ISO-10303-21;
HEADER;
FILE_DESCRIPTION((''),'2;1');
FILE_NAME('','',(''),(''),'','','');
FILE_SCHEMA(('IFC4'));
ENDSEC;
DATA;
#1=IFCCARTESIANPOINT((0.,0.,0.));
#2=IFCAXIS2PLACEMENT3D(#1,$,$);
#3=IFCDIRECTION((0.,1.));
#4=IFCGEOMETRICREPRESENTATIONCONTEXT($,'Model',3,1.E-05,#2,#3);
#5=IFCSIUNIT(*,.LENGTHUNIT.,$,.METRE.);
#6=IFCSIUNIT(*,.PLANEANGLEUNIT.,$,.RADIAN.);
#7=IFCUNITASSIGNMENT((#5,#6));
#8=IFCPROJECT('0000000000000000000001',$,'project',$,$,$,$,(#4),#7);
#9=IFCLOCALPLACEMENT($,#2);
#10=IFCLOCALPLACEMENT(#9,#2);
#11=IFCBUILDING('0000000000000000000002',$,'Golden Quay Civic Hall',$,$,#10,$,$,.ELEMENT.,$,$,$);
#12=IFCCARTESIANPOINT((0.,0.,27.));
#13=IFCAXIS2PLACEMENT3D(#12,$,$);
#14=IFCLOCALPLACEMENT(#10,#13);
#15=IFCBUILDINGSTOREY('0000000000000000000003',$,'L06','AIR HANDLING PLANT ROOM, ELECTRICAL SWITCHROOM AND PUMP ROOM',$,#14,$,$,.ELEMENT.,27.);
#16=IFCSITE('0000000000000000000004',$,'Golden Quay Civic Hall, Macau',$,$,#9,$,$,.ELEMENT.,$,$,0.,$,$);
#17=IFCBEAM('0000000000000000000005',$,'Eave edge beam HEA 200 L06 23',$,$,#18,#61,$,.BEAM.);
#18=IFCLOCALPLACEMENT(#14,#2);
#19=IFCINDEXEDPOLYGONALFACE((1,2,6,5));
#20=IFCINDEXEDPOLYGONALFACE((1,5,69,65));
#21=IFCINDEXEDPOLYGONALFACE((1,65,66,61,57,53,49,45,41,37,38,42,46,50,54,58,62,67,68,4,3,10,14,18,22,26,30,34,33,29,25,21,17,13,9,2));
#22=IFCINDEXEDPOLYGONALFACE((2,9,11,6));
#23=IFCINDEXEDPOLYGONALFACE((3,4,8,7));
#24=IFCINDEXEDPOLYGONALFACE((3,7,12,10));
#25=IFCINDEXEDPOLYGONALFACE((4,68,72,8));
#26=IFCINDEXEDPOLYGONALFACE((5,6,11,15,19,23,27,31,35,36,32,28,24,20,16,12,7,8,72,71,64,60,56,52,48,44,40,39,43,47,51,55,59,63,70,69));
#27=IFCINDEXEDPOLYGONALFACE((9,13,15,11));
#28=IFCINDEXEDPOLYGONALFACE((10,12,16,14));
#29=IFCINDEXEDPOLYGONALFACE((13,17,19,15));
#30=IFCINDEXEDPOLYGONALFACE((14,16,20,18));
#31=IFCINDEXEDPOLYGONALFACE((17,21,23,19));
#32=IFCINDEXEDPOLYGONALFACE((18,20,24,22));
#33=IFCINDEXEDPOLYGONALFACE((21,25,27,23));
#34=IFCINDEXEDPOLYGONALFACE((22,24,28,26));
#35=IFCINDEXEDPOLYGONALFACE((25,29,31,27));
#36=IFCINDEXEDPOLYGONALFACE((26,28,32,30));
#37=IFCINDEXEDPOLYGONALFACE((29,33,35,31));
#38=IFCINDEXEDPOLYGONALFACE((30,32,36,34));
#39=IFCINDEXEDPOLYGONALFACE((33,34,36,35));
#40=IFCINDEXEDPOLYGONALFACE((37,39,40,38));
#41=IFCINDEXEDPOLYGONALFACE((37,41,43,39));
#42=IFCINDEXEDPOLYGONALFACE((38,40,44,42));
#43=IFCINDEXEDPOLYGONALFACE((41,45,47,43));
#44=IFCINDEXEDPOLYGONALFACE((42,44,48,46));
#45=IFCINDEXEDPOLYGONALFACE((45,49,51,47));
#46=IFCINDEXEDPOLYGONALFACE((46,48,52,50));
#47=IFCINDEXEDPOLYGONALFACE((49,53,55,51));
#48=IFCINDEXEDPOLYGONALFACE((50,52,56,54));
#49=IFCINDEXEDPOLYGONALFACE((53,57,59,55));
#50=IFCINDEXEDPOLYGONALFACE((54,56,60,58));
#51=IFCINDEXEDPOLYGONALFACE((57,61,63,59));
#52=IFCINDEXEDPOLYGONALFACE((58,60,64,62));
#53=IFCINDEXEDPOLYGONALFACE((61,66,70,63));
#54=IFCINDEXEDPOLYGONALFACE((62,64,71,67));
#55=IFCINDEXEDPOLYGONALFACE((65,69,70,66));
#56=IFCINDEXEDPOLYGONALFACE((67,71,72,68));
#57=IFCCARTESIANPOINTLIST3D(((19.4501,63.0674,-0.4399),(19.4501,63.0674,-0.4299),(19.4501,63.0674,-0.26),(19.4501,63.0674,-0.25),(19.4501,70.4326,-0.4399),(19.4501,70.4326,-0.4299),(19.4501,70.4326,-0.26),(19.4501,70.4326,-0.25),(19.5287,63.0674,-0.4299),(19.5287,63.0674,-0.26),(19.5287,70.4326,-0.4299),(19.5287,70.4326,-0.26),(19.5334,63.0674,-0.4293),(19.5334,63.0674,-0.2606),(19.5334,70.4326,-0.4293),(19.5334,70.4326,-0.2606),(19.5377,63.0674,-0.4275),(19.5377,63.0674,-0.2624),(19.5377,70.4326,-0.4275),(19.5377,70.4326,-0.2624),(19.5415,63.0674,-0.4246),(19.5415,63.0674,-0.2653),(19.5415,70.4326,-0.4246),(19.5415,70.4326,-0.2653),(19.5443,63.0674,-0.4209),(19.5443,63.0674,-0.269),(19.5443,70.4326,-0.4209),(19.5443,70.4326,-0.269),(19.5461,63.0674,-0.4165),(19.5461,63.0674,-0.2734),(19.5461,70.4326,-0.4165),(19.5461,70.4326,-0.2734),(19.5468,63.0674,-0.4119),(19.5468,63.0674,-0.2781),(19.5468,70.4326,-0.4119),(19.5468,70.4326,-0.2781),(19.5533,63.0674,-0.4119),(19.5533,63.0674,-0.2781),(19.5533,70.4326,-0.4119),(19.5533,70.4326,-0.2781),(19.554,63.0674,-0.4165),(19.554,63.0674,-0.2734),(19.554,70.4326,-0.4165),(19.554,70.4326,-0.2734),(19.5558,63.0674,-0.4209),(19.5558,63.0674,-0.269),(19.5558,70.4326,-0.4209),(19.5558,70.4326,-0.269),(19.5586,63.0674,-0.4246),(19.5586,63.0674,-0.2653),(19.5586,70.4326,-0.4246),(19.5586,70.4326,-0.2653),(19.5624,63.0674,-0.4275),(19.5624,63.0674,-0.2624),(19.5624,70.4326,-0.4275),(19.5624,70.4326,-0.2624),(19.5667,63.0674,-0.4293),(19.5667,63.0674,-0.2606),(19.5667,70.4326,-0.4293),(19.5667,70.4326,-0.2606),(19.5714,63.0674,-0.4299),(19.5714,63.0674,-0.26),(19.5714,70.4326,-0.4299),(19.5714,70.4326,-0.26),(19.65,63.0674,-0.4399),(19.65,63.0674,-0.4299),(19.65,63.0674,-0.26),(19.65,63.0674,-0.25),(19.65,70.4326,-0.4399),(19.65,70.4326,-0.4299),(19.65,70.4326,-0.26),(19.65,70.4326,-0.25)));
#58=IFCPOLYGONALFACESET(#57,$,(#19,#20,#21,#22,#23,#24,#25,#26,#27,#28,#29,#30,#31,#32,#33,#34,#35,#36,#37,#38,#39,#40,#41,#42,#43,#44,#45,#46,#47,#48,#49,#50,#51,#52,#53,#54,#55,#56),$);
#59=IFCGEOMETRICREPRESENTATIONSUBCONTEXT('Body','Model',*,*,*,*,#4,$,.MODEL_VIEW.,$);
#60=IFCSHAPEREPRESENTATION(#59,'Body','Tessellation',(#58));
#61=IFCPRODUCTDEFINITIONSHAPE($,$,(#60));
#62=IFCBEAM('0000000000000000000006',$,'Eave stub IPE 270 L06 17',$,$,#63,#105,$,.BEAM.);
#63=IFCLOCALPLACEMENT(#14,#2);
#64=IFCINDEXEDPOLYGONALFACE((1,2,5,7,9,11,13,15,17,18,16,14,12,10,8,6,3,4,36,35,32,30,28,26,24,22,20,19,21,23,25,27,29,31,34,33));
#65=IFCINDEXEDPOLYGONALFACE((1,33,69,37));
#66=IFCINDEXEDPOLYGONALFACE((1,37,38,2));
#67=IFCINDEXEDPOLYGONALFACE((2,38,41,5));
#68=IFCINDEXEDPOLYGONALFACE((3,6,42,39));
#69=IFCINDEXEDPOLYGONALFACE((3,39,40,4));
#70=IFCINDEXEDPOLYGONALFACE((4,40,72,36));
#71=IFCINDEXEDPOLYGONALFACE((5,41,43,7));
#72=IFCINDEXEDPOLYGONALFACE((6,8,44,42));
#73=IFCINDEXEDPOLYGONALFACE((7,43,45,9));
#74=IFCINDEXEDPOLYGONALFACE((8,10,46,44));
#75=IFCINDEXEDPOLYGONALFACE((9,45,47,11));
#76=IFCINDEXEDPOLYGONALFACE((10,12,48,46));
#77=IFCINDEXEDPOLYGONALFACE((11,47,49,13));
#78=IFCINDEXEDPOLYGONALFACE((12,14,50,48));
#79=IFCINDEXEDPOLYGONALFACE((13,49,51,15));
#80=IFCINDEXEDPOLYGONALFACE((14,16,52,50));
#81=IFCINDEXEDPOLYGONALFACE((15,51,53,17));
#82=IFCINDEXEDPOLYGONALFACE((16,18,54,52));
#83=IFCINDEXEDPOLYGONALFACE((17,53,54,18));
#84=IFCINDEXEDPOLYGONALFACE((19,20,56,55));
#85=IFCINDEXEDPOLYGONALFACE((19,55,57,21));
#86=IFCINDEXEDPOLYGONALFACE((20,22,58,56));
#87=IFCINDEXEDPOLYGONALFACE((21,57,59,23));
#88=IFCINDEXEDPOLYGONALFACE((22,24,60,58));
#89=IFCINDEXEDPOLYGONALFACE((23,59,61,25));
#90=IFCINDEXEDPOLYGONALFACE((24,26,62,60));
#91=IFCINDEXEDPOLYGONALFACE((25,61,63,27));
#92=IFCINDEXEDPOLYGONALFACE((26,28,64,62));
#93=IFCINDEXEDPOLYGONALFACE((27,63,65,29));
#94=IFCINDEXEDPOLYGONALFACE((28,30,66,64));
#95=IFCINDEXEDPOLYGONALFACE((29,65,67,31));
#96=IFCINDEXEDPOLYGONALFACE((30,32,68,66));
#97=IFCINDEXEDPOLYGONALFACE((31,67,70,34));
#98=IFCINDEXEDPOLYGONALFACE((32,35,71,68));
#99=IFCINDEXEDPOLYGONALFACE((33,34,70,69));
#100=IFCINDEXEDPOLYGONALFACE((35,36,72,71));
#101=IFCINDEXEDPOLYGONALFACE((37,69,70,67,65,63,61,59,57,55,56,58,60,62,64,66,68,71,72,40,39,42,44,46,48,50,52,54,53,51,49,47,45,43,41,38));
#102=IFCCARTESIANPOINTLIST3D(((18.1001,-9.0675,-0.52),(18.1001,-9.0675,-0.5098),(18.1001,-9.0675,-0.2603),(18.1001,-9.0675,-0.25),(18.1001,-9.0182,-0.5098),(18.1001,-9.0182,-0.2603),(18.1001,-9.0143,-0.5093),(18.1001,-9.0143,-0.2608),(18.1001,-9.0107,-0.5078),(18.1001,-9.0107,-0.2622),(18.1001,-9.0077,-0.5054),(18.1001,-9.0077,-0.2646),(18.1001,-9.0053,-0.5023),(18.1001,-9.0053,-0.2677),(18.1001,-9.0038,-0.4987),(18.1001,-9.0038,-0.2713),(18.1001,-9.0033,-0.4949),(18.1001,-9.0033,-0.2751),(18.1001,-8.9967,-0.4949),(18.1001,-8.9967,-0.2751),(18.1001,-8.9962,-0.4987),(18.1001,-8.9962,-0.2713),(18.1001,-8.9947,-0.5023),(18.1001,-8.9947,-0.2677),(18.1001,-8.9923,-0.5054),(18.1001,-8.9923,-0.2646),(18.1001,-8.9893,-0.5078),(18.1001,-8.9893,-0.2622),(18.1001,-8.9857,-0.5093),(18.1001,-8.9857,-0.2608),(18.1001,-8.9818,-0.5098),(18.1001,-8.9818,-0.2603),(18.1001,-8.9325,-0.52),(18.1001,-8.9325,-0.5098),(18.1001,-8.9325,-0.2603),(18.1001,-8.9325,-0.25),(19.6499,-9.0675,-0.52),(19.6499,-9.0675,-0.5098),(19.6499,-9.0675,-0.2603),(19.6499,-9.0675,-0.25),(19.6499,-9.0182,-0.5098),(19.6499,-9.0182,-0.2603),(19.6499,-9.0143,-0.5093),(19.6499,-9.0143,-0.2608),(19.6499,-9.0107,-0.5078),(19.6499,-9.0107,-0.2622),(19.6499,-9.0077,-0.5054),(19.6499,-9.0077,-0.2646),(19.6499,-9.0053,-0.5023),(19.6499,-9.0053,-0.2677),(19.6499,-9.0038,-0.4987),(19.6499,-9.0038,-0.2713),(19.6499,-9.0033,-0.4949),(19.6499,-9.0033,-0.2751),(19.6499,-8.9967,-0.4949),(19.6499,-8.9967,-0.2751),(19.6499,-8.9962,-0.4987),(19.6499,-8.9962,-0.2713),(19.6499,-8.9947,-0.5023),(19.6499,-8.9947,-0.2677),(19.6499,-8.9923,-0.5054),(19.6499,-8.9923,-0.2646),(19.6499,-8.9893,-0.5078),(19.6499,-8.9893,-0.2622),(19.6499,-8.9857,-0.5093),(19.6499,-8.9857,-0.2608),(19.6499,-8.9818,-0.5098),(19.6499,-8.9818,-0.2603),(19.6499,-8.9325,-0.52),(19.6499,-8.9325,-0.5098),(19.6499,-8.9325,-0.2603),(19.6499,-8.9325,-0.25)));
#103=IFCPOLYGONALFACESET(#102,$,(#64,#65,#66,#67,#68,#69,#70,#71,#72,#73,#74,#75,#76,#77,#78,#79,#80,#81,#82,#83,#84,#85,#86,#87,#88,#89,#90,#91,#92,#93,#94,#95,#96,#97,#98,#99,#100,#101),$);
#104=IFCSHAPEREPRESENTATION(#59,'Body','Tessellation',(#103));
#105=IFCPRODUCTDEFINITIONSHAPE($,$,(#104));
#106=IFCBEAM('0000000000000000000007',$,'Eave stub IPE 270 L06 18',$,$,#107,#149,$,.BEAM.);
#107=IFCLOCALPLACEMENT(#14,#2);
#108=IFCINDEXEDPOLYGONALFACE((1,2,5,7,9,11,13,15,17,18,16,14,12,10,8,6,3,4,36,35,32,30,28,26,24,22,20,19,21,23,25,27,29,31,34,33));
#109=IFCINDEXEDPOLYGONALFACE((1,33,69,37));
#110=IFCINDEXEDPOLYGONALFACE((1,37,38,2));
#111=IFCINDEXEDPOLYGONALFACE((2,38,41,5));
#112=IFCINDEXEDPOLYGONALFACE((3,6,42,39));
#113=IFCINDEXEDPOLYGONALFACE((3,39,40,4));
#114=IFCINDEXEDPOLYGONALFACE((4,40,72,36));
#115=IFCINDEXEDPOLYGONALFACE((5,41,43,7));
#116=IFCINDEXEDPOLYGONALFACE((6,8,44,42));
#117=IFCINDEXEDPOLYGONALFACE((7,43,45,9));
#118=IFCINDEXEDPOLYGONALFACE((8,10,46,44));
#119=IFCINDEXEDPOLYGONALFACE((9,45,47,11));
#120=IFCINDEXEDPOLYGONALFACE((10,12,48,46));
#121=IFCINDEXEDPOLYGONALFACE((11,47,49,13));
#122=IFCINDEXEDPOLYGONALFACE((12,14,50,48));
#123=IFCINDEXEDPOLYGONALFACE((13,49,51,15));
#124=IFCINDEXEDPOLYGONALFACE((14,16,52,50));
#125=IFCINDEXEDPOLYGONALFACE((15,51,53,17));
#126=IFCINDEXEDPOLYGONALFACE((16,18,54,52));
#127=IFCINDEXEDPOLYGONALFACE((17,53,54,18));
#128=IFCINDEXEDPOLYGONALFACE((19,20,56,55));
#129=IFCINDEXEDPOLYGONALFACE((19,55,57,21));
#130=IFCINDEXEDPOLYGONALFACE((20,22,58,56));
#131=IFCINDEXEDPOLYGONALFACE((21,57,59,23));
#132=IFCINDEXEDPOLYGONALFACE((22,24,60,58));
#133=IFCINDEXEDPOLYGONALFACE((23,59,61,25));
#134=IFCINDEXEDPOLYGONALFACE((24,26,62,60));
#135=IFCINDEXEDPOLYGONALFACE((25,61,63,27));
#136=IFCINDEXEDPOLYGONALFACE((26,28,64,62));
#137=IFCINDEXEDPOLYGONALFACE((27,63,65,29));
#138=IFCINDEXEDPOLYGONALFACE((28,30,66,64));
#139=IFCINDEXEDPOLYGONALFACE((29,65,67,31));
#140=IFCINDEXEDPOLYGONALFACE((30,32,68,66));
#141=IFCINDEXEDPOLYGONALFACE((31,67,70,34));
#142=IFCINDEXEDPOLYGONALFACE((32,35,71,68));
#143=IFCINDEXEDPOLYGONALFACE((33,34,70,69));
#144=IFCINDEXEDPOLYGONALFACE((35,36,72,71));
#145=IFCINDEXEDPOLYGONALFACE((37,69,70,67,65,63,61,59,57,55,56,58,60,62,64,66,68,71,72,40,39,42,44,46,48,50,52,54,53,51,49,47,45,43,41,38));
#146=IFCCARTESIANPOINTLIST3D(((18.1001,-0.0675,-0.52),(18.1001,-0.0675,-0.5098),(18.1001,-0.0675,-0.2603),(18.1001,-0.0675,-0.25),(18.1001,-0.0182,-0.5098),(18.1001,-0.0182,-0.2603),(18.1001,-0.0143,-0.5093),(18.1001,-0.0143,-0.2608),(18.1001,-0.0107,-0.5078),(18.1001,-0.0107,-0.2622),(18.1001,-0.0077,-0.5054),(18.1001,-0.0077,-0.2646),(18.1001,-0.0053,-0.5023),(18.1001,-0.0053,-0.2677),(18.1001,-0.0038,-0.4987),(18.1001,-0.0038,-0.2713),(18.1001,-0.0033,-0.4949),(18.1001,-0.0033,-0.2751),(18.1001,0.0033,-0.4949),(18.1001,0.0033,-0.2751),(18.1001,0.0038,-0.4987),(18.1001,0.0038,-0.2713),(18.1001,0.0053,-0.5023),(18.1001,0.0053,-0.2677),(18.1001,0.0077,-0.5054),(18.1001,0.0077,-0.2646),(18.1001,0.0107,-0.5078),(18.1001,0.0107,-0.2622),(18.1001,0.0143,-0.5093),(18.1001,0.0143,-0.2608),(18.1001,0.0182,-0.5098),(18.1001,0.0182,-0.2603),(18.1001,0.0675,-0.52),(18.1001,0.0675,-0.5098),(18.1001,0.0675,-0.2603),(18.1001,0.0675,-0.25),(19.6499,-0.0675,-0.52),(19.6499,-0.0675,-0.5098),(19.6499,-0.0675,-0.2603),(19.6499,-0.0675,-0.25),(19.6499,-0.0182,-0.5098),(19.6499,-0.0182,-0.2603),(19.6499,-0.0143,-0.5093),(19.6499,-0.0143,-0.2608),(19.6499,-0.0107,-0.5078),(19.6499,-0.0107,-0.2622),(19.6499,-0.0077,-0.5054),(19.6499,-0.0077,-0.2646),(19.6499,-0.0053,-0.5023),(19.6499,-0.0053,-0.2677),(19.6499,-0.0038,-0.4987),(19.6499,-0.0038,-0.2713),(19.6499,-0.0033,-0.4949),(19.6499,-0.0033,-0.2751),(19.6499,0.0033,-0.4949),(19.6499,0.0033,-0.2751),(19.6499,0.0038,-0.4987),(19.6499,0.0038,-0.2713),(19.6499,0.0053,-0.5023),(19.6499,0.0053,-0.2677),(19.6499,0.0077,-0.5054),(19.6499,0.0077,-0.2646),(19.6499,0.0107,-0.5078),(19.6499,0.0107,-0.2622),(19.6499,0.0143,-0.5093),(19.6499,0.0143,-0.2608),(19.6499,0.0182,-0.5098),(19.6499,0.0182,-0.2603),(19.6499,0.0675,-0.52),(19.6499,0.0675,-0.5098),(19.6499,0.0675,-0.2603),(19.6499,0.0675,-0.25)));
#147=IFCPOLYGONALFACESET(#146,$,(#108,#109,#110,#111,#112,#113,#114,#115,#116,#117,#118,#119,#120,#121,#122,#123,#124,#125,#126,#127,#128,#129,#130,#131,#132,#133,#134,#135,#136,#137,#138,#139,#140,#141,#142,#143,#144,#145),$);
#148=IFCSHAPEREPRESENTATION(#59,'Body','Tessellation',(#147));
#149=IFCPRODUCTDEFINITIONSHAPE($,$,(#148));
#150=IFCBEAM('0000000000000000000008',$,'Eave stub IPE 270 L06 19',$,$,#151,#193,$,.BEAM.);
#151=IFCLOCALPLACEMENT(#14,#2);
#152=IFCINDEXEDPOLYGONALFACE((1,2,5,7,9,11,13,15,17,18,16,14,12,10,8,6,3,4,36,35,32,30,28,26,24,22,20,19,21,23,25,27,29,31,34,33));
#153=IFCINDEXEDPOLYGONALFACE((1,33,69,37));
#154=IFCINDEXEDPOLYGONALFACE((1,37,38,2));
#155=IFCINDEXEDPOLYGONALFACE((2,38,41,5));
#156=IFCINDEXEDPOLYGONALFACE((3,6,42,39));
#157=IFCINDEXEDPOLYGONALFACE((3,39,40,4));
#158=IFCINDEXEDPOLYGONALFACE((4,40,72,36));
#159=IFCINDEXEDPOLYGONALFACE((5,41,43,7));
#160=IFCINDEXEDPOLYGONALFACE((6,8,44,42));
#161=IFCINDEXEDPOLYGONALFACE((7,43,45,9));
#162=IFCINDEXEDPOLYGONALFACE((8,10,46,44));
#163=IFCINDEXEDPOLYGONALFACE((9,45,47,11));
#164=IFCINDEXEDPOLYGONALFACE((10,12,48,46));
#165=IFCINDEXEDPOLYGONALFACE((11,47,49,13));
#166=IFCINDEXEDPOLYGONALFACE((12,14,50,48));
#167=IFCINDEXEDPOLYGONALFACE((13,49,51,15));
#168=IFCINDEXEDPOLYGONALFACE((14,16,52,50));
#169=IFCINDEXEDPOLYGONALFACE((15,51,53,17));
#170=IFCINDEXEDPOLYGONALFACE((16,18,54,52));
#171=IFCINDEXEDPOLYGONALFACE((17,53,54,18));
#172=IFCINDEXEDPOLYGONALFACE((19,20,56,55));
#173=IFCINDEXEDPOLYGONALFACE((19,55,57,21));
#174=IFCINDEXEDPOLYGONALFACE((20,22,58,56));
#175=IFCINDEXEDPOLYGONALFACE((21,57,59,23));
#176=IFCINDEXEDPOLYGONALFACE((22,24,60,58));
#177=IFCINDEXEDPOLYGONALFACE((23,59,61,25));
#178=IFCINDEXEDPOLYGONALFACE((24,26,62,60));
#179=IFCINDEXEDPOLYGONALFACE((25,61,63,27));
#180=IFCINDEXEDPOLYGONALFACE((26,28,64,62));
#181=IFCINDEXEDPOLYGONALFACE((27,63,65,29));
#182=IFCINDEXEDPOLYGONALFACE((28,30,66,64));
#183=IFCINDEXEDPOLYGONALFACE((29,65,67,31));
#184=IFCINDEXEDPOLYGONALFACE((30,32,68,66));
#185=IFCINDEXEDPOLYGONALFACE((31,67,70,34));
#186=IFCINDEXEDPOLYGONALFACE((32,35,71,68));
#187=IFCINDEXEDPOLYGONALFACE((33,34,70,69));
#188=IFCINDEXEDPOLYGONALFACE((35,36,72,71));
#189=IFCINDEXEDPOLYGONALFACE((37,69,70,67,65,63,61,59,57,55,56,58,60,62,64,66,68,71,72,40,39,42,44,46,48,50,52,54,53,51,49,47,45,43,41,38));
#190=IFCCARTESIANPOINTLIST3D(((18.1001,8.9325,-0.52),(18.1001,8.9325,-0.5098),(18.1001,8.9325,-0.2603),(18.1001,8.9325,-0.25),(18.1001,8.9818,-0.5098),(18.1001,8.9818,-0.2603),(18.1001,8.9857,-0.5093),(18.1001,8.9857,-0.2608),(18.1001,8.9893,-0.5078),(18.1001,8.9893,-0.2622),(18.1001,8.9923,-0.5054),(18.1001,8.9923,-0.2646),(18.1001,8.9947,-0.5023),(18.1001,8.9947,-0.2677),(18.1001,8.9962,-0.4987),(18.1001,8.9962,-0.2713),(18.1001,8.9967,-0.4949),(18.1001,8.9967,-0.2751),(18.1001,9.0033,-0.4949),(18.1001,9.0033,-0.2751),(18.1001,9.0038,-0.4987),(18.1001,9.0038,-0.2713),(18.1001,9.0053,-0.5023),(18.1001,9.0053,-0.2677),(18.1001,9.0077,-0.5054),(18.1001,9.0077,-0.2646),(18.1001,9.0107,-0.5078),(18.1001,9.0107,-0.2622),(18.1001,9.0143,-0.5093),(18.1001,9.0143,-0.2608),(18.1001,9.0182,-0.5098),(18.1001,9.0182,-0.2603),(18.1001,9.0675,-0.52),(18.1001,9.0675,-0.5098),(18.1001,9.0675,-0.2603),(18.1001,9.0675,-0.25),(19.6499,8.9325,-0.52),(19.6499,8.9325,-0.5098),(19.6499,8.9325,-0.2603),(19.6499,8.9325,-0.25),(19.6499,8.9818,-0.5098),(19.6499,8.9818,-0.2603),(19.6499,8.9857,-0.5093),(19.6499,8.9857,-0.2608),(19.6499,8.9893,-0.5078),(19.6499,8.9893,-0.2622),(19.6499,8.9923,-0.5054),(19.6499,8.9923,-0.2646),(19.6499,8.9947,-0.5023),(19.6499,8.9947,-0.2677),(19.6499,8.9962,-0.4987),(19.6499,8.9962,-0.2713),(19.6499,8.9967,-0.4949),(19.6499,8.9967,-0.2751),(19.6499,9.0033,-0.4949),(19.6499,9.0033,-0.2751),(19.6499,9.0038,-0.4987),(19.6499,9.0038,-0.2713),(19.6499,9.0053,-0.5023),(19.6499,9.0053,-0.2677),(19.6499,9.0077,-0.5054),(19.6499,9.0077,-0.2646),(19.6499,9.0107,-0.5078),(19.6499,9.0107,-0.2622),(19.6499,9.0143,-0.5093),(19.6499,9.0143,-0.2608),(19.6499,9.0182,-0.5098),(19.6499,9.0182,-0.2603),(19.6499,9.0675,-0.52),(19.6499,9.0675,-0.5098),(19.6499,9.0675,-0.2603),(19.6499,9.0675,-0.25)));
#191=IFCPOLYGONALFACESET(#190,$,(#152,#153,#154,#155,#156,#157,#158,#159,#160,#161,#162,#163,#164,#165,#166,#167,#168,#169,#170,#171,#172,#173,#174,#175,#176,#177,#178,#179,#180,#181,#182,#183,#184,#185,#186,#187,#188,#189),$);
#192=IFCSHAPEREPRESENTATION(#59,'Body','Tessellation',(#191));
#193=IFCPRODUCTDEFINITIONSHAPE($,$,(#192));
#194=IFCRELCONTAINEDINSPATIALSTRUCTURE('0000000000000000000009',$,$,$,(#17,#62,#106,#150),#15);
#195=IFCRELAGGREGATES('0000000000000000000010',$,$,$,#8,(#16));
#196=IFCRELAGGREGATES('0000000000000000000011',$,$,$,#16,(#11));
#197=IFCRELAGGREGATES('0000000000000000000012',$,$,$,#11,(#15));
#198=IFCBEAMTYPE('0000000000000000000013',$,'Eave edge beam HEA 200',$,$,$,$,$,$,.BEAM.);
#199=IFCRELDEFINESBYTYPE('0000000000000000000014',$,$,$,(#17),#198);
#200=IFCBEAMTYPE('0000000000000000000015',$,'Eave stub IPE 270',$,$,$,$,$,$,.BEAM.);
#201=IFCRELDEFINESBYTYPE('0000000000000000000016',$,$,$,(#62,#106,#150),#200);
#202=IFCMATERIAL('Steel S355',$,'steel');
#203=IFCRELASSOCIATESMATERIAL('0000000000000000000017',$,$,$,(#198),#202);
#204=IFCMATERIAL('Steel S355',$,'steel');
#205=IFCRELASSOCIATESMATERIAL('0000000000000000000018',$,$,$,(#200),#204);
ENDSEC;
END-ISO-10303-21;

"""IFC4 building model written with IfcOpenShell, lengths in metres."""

from ifc_helpers import new_model, si_unit, direction, frame, origin, origin_2d, place, context, subcontext, project, spatial, i_section, extrude, material, material_profile, profile_set, type_object, element, save


model = new_model("IFC4")

# Units and contexts
model_context = context("Model", 3, precision=1e-05, world=origin(), true_north=direction((0.0, 1.0)))
body_context = subcontext(model_context, "Body", "Model", "MODEL_VIEW")
ifc_project = project(units=[si_unit("LENGTHUNIT", "METRE"), si_unit("PLANEANGLEUNIT", "RADIAN")], contexts=[model_context])

# Site, building, storey
site_placement = place(None, origin())
site = spatial("IfcSite", under=ifc_project, at=site_placement, Name="Golden Quay Civic Hall, Macau", CompositionType="ELEMENT", RefElevation=0.0)
building_placement = place(site_placement, origin())
building = spatial("IfcBuilding", under=site, at=building_placement, Name="Golden Quay Civic Hall", CompositionType="ELEMENT")
storey_placement = place(building_placement, frame((0.0, 0.0, 27.0)))
storey = spatial("IfcBuildingStorey", under=building, at=storey_placement, Name="L06", Description="AIR HANDLING PLANT ROOM, ELECTRICAL SWITCHROOM AND PUMP ROOM", CompositionType="ELEMENT", Elevation=27.0)

# Beams
ifc_material_1 = material(Name="Steel S355", Category="steel")
ifc_material_profile_1 = material_profile(ifc_material_1, i_section(OverallWidth=0.2, OverallDepth=0.1899, WebThickness=0.0066, FlangeThickness=0.01, FilletRadius=0.0181, at=origin_2d()), Name="HEA 200")
ifc_profile_set_1 = profile_set([ifc_material_profile_1], Name="Steel S355")
beam_type_1 = type_object("IfcBeamType", Name="Eave edge beam HEA 200", PredefinedType="BEAM", material=ifc_profile_set_1)
beam_placement = place(storey_placement, frame((19.55, 63.0674, -0.345), z_axis=(0.0, 1.0, 0.0), x_axis=(-1.0, 0.0, 0.0)))
element("IfcBeam", 1, at=beam_placement, inside=storey, type_object=beam_type_1, Name="Eave edge beam HEA 200 L06 23", PredefinedType="BEAM", context=body_context, shape_type="SweptSolid", body=[
    extrude(i_section(OverallWidth=0.2, OverallDepth=0.1899, WebThickness=0.0066, FlangeThickness=0.01, FilletRadius=0.0181, at=origin_2d()), origin(), (0.0, 0.0, 1.0), 7.3652),
])
ifc_material_2 = material(Name="Steel S355", Category="steel")
ifc_material_profile_2 = material_profile(ifc_material_2, i_section(OverallWidth=0.135, OverallDepth=0.27, WebThickness=0.0066, FlangeThickness=0.0103, FilletRadius=0.0149, at=origin_2d()), Name="IPE 270")
ifc_profile_set_2 = profile_set([ifc_material_profile_2], Name="Steel S355")
beam_type_2 = type_object("IfcBeamType", Name="Eave stub IPE 270", PredefinedType="BEAM", material=ifc_profile_set_2)
for number, where, z_axis, x_axis, name in (
    (2, (18.1001, -9.0, -0.385), (1.0, 0.0, 0.0), (0.0, 1.0, 0.0), "Eave stub IPE 270 L06 17"),
    (3, (18.1001, 0.0, -0.385), (1.0, 0.0, 0.0), (0.0, 1.0, 0.0), "Eave stub IPE 270 L06 18"),
    (4, (18.1001, 9.0, -0.385), (1.0, 0.0, 0.0), (0.0, 1.0, 0.0), "Eave stub IPE 270 L06 19"),
):
    element("IfcBeam", number, at=place(storey_placement, frame(where, z_axis=z_axis, x_axis=x_axis)), inside=storey, type_object=beam_type_2, Name=name, PredefinedType="BEAM", context=body_context, shape_type="SweptSolid", body=[
        extrude(i_section(OverallWidth=0.135, OverallDepth=0.27, WebThickness=0.0066, FlangeThickness=0.0103, FilletRadius=0.0149, at=origin_2d()), origin(), (0.0, 0.0, 1.0), 1.5498),
    ])

save(model, "model.ifc")
